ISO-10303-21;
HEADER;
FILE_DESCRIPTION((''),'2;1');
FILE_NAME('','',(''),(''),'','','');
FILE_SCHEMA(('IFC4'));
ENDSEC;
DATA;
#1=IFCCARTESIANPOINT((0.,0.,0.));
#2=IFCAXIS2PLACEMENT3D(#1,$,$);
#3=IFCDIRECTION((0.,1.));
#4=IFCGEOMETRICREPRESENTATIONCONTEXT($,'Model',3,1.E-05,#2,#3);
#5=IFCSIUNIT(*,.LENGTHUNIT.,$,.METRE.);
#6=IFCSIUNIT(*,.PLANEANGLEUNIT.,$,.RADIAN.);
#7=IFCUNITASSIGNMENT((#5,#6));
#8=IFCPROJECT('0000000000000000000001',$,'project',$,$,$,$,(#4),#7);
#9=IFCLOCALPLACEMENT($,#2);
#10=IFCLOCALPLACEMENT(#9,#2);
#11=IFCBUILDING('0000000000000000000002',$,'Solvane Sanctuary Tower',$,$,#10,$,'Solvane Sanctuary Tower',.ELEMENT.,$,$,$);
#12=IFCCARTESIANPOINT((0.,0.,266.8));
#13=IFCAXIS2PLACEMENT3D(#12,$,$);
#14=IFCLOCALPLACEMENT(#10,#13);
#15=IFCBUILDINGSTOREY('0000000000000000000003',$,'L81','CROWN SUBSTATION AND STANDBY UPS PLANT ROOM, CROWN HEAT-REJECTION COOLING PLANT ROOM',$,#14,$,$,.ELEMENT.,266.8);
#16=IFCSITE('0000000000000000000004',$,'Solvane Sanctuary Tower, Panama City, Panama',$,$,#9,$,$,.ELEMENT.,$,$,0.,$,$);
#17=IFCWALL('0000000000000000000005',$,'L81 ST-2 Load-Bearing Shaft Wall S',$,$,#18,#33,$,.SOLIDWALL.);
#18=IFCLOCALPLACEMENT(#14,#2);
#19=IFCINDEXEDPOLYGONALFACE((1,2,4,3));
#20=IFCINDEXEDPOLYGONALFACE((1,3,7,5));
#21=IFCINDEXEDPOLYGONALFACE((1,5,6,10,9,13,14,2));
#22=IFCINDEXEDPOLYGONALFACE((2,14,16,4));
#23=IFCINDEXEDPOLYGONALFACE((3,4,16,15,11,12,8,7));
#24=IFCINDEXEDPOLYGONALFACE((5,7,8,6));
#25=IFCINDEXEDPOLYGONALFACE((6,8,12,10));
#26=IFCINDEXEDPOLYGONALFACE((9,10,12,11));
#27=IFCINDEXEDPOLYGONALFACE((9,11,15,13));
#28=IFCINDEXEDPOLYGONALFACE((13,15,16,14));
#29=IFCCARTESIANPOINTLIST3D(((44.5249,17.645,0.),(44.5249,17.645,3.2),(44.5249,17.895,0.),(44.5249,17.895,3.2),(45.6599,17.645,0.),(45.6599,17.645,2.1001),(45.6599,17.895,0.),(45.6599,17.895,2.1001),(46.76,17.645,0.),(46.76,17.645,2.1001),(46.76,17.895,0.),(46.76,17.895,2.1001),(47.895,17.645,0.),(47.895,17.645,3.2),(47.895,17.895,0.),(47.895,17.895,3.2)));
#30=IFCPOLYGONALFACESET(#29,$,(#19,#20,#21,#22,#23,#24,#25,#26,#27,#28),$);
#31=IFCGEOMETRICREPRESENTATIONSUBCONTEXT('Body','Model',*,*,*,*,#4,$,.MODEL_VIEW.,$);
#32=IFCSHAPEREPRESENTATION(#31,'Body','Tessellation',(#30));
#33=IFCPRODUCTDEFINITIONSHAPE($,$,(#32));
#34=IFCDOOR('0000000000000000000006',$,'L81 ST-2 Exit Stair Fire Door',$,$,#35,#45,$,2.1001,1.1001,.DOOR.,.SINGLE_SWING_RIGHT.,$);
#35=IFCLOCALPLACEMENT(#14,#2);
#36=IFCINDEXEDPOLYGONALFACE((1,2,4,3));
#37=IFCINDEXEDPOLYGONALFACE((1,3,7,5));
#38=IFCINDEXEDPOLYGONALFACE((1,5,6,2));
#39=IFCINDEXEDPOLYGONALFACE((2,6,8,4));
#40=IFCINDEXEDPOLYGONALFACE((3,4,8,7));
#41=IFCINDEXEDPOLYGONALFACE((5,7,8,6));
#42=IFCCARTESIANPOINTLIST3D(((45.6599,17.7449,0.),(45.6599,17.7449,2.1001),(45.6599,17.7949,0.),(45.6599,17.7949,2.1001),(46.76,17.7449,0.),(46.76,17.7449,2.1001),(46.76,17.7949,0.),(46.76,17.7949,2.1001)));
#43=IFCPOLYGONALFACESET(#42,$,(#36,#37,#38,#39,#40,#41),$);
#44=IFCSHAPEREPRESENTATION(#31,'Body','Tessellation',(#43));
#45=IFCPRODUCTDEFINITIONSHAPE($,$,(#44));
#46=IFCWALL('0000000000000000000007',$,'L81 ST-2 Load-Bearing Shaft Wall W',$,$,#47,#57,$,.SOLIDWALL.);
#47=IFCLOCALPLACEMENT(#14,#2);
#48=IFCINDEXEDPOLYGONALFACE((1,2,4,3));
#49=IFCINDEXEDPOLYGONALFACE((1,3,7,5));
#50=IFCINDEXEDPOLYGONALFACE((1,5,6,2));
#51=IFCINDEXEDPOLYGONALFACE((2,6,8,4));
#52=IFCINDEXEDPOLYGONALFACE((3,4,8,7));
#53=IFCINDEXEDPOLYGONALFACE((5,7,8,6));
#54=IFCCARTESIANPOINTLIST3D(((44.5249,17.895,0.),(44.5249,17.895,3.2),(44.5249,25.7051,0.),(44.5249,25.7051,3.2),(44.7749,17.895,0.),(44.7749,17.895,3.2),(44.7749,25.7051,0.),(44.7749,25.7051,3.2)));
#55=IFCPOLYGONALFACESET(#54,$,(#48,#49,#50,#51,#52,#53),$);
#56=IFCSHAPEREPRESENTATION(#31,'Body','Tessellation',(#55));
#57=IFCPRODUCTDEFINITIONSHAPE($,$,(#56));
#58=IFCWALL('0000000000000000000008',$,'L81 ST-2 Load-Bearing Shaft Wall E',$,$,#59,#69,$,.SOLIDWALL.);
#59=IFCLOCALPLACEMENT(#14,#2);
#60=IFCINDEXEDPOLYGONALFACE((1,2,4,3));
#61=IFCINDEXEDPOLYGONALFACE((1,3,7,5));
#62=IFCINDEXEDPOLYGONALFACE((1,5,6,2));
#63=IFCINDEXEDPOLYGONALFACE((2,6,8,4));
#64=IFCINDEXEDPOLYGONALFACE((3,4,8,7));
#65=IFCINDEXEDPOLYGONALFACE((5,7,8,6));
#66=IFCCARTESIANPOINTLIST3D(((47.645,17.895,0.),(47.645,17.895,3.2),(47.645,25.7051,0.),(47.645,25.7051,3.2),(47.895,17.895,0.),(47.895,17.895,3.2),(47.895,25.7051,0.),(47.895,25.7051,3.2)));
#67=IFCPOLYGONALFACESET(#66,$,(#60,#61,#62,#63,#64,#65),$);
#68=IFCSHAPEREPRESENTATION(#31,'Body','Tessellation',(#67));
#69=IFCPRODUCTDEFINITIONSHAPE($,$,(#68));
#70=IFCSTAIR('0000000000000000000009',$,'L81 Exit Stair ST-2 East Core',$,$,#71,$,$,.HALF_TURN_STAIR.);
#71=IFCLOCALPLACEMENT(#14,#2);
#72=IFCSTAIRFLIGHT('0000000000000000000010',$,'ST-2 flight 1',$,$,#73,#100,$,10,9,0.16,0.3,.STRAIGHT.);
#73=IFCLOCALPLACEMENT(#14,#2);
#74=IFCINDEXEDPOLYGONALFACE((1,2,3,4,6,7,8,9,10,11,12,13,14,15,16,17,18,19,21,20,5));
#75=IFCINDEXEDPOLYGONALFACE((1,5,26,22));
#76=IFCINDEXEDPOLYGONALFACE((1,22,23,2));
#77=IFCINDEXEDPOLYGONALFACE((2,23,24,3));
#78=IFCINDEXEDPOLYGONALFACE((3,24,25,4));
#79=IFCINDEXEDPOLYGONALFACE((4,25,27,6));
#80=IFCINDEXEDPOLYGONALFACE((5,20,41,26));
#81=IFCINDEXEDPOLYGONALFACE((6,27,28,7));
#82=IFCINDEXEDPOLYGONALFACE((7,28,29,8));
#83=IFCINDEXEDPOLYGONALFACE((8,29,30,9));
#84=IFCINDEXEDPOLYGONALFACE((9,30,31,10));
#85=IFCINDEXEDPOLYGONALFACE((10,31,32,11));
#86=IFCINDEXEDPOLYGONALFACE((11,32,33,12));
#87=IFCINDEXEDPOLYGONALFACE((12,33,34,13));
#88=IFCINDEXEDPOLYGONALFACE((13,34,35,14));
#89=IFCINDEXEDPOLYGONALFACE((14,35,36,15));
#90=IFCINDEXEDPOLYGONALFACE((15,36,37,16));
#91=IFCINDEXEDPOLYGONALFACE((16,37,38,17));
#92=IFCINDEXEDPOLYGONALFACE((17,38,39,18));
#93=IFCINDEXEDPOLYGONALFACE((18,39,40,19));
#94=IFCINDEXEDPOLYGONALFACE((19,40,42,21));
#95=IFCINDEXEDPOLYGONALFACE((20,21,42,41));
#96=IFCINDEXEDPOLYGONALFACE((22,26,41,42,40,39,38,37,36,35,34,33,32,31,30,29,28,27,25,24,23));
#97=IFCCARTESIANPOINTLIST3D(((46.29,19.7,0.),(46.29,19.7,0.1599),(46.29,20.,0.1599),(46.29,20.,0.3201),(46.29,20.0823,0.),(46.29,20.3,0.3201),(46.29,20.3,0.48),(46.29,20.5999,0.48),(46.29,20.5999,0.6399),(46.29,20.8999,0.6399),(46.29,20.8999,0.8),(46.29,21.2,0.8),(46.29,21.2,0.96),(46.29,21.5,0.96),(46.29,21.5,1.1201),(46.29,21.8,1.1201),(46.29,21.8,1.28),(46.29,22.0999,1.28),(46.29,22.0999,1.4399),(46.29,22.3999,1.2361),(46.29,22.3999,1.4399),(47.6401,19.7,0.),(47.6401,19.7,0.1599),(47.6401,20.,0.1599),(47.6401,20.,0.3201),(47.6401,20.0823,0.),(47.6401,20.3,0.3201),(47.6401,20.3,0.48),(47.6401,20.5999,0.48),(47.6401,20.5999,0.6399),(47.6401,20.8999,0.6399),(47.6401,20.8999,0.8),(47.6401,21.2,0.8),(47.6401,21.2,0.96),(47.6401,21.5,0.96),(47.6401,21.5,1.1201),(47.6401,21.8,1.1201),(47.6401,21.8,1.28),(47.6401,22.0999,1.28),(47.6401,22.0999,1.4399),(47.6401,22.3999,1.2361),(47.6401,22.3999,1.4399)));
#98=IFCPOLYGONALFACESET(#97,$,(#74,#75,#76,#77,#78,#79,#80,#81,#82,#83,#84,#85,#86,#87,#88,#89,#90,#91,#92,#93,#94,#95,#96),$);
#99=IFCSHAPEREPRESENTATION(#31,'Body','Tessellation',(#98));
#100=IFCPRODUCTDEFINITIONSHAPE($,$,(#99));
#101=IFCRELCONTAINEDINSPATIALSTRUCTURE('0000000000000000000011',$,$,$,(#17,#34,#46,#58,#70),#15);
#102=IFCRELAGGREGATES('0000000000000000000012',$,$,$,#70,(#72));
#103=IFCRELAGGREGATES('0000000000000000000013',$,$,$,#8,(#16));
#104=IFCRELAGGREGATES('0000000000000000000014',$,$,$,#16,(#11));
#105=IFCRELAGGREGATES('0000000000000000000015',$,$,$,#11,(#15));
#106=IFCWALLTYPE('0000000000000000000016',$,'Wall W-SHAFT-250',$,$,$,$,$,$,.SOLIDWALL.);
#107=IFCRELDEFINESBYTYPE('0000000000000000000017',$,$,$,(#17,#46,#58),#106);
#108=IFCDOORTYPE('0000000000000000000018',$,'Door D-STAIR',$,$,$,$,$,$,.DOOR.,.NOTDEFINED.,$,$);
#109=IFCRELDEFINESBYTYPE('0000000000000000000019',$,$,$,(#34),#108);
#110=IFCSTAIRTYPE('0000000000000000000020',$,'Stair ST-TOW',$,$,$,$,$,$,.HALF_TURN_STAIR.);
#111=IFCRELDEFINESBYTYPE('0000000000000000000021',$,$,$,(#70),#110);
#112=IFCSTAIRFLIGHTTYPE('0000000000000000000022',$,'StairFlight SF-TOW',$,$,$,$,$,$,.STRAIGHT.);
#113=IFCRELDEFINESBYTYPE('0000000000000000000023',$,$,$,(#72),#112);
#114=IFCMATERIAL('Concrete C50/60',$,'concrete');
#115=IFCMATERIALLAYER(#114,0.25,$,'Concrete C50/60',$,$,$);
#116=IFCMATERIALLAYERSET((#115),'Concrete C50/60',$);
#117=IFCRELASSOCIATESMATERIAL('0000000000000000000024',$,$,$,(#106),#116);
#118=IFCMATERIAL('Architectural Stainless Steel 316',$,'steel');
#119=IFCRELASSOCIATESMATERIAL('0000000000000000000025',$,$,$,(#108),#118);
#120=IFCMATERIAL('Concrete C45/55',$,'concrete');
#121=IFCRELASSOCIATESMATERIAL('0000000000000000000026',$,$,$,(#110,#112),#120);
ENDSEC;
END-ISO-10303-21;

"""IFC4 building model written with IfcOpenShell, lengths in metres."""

from ifc_helpers import new_model, si_unit, direction, frame, frame_2d, origin, place, context, subcontext, project, spatial, polyline, rectangle, outline, extrude, material, layer, layer_set, type_object, element, fill, aggregate, save


model = new_model("IFC4")

# Units and contexts
model_context = context("Model", 3, precision=1e-05, world=origin(), true_north=direction((0.0, 1.0)))
body_context = subcontext(model_context, "Body", "Model", "MODEL_VIEW")
ifc_project = project(units=[si_unit("LENGTHUNIT", "METRE"), si_unit("PLANEANGLEUNIT", "RADIAN")], contexts=[model_context])

# Site, building, storey
site_placement = place(None, origin())
site = spatial("IfcSite", under=ifc_project, at=site_placement, Name="Solvane Sanctuary Tower, Panama City, Panama", CompositionType="ELEMENT", RefElevation=0.0)
building_placement = place(site_placement, origin())
building = spatial("IfcBuilding", under=site, at=building_placement, Name="Solvane Sanctuary Tower", LongName="Solvane Sanctuary Tower", CompositionType="ELEMENT")
storey_placement = place(building_placement, frame((0.0, 0.0, 266.8)))
storey = spatial("IfcBuildingStorey", under=building, at=storey_placement, Name="L81", Description="CROWN SUBSTATION AND STANDBY UPS PLANT ROOM, CROWN HEAT-REJECTION COOLING PLANT ROOM", CompositionType="ELEMENT", Elevation=266.8)

# Shared definitions
ifc_material_1 = material(Name="Concrete C50/60", Category="concrete")

# Wall, opening, door
ifc_layer_1 = layer(ifc_material_1, 0.25, Name="Concrete C50/60")
ifc_layer_set_1 = layer_set([ifc_layer_1], Name="Concrete C50/60")
wall_type_1 = type_object("IfcWallType", Name="Wall W-SHAFT-250", PredefinedType="SOLIDWALL", material=ifc_layer_set_1)
wall_1_placement = place(storey_placement, frame((44.5249, 17.77, 0.0), z_axis=(0.0, 0.0, 1.0), x_axis=(1.0, 0.0, 0.0)))
wall_1 = element("IfcWall", 1, at=wall_1_placement, inside=storey, type_object=wall_type_1, Name="L81 ST-2 Load-Bearing Shaft Wall S", PredefinedType="SOLIDWALL", context=body_context, shape_type="SweptSolid", body=[
    extrude(rectangle(XDim=3.3701, YDim=0.25, at=frame_2d((1.6851, 0.0))), origin(), (0.0, 0.0, 1.0), 3.2),
])
opening_placement = place(wall_1_placement, frame((1.135, 0.0, 0.0)))
opening = element("IfcOpeningElement", 2, at=opening_placement, cuts=wall_1, PredefinedType="OPENING", context=body_context, shape_type="SweptSolid", body=[
    extrude(rectangle(XDim=1.1001, YDim=2.1001, at=frame_2d((0.55, 1.05))), frame((0.0, 0.135, 0.0), z_axis=(0.0, -1.0, 0.0), x_axis=(1.0, 0.0, 0.0)), (0.0, 0.0, 1.0), 0.27),
])
ifc_material_2 = material(Name="Architectural Stainless Steel 316", Category="steel")
door_type = type_object("IfcDoorType", Name="Door D-STAIR", OperationType="NOTDEFINED", PredefinedType="DOOR", material=ifc_material_2)
door_placement = place(opening_placement, origin())
door = element("IfcDoor", 3, at=door_placement, inside=storey, type_object=door_type, Name="L81 ST-2 Exit Stair Fire Door", OperationType="SINGLE_SWING_RIGHT", OverallHeight=2.1001, OverallWidth=1.1001, PredefinedType="DOOR", context=body_context, shape_type="SweptSolid", body=[
    extrude(rectangle(XDim=1.1001, YDim=2.1001, at=frame_2d((0.55, 1.05))), frame((0.0, 0.0249, 0.0), z_axis=(0.0, -1.0, 0.0), x_axis=(1.0, 0.0, 0.0)), (0.0, 0.0, 1.0), 0.05),
])
fill(opening, door)

# Walls
for number, where, z_axis, x_axis, name in (
    (4, (44.6499, 17.895, 0.0), (0.0, 0.0, 1.0), (0.0, 1.0, 0.0), "L81 ST-2 Load-Bearing Shaft Wall W"),
    (5, (47.77, 17.895, 0.0), (0.0, 0.0, 1.0), (0.0, 1.0, 0.0), "L81 ST-2 Load-Bearing Shaft Wall E"),
):
    element("IfcWall", number, at=place(storey_placement, frame(where, z_axis=z_axis, x_axis=x_axis)), inside=storey, type_object=wall_type_1, Name=name, PredefinedType="SOLIDWALL", context=body_context, shape_type="SweptSolid", body=[
        extrude(rectangle(XDim=7.8101, YDim=0.25, at=frame_2d((3.905, 0.0))), origin(), (0.0, 0.0, 1.0), 3.2),
    ])

# Stair, stair flight
ifc_material_3 = material(Name="Concrete C45/55", Category="concrete")
stair_type = type_object("IfcStairType", Name="Stair ST-TOW", PredefinedType="HALF_TURN_STAIR", material=ifc_material_3)
stair_placement = place(storey_placement, origin())
stair = element("IfcStair", 6, at=stair_placement, inside=storey, type_object=stair_type, Name="L81 Exit Stair ST-2 East Core", PredefinedType="HALF_TURN_STAIR")
stair_flight_type = type_object("IfcStairFlightType", Name="StairFlight SF-TOW", PredefinedType="STRAIGHT", material=ifc_material_3)
stair_flight_placement = place(storey_placement, frame((46.9651, 19.7, 0.0), z_axis=(0.0, 0.0, 1.0), x_axis=(0.0, 1.0, 0.0)))
stair_flight = element("IfcStairFlight", 7, at=stair_flight_placement, type_object=stair_flight_type, Name="ST-2 flight 1", NumberOfRisers=10, NumberOfTreads=9, PredefinedType="STRAIGHT", RiserHeight=0.16, TreadLength=0.3, context=body_context, shape_type="SweptSolid", body=[
    extrude(outline(polyline([(0.0, 0.0), (0.0, 0.1599), (0.3, 0.1599), (0.3, 0.3201), (0.6001, 0.3201), (0.6001, 0.48), (0.8999, 0.48), (0.8999, 0.6399), (1.2, 0.6399), (1.2, 0.8), (1.5, 0.8), (1.5, 0.96), (1.8, 0.96), (1.8, 1.1201), (2.1001, 1.1201), (2.1001, 1.28), (2.3999, 1.28), (2.3999, 1.4399), (2.7, 1.4399), (2.7, 1.6001), (2.7, 1.2361), (0.3823, 0.0), (0.0, 0.0)])), frame((0.0, 0.675, 0.0), z_axis=(0.0, -1.0, 0.0), x_axis=(1.0, 0.0, 0.0)), (0.0, 0.0, 1.0), 1.3501),
])
aggregate(stair, [stair_flight])

save(model, "model.ifc")
